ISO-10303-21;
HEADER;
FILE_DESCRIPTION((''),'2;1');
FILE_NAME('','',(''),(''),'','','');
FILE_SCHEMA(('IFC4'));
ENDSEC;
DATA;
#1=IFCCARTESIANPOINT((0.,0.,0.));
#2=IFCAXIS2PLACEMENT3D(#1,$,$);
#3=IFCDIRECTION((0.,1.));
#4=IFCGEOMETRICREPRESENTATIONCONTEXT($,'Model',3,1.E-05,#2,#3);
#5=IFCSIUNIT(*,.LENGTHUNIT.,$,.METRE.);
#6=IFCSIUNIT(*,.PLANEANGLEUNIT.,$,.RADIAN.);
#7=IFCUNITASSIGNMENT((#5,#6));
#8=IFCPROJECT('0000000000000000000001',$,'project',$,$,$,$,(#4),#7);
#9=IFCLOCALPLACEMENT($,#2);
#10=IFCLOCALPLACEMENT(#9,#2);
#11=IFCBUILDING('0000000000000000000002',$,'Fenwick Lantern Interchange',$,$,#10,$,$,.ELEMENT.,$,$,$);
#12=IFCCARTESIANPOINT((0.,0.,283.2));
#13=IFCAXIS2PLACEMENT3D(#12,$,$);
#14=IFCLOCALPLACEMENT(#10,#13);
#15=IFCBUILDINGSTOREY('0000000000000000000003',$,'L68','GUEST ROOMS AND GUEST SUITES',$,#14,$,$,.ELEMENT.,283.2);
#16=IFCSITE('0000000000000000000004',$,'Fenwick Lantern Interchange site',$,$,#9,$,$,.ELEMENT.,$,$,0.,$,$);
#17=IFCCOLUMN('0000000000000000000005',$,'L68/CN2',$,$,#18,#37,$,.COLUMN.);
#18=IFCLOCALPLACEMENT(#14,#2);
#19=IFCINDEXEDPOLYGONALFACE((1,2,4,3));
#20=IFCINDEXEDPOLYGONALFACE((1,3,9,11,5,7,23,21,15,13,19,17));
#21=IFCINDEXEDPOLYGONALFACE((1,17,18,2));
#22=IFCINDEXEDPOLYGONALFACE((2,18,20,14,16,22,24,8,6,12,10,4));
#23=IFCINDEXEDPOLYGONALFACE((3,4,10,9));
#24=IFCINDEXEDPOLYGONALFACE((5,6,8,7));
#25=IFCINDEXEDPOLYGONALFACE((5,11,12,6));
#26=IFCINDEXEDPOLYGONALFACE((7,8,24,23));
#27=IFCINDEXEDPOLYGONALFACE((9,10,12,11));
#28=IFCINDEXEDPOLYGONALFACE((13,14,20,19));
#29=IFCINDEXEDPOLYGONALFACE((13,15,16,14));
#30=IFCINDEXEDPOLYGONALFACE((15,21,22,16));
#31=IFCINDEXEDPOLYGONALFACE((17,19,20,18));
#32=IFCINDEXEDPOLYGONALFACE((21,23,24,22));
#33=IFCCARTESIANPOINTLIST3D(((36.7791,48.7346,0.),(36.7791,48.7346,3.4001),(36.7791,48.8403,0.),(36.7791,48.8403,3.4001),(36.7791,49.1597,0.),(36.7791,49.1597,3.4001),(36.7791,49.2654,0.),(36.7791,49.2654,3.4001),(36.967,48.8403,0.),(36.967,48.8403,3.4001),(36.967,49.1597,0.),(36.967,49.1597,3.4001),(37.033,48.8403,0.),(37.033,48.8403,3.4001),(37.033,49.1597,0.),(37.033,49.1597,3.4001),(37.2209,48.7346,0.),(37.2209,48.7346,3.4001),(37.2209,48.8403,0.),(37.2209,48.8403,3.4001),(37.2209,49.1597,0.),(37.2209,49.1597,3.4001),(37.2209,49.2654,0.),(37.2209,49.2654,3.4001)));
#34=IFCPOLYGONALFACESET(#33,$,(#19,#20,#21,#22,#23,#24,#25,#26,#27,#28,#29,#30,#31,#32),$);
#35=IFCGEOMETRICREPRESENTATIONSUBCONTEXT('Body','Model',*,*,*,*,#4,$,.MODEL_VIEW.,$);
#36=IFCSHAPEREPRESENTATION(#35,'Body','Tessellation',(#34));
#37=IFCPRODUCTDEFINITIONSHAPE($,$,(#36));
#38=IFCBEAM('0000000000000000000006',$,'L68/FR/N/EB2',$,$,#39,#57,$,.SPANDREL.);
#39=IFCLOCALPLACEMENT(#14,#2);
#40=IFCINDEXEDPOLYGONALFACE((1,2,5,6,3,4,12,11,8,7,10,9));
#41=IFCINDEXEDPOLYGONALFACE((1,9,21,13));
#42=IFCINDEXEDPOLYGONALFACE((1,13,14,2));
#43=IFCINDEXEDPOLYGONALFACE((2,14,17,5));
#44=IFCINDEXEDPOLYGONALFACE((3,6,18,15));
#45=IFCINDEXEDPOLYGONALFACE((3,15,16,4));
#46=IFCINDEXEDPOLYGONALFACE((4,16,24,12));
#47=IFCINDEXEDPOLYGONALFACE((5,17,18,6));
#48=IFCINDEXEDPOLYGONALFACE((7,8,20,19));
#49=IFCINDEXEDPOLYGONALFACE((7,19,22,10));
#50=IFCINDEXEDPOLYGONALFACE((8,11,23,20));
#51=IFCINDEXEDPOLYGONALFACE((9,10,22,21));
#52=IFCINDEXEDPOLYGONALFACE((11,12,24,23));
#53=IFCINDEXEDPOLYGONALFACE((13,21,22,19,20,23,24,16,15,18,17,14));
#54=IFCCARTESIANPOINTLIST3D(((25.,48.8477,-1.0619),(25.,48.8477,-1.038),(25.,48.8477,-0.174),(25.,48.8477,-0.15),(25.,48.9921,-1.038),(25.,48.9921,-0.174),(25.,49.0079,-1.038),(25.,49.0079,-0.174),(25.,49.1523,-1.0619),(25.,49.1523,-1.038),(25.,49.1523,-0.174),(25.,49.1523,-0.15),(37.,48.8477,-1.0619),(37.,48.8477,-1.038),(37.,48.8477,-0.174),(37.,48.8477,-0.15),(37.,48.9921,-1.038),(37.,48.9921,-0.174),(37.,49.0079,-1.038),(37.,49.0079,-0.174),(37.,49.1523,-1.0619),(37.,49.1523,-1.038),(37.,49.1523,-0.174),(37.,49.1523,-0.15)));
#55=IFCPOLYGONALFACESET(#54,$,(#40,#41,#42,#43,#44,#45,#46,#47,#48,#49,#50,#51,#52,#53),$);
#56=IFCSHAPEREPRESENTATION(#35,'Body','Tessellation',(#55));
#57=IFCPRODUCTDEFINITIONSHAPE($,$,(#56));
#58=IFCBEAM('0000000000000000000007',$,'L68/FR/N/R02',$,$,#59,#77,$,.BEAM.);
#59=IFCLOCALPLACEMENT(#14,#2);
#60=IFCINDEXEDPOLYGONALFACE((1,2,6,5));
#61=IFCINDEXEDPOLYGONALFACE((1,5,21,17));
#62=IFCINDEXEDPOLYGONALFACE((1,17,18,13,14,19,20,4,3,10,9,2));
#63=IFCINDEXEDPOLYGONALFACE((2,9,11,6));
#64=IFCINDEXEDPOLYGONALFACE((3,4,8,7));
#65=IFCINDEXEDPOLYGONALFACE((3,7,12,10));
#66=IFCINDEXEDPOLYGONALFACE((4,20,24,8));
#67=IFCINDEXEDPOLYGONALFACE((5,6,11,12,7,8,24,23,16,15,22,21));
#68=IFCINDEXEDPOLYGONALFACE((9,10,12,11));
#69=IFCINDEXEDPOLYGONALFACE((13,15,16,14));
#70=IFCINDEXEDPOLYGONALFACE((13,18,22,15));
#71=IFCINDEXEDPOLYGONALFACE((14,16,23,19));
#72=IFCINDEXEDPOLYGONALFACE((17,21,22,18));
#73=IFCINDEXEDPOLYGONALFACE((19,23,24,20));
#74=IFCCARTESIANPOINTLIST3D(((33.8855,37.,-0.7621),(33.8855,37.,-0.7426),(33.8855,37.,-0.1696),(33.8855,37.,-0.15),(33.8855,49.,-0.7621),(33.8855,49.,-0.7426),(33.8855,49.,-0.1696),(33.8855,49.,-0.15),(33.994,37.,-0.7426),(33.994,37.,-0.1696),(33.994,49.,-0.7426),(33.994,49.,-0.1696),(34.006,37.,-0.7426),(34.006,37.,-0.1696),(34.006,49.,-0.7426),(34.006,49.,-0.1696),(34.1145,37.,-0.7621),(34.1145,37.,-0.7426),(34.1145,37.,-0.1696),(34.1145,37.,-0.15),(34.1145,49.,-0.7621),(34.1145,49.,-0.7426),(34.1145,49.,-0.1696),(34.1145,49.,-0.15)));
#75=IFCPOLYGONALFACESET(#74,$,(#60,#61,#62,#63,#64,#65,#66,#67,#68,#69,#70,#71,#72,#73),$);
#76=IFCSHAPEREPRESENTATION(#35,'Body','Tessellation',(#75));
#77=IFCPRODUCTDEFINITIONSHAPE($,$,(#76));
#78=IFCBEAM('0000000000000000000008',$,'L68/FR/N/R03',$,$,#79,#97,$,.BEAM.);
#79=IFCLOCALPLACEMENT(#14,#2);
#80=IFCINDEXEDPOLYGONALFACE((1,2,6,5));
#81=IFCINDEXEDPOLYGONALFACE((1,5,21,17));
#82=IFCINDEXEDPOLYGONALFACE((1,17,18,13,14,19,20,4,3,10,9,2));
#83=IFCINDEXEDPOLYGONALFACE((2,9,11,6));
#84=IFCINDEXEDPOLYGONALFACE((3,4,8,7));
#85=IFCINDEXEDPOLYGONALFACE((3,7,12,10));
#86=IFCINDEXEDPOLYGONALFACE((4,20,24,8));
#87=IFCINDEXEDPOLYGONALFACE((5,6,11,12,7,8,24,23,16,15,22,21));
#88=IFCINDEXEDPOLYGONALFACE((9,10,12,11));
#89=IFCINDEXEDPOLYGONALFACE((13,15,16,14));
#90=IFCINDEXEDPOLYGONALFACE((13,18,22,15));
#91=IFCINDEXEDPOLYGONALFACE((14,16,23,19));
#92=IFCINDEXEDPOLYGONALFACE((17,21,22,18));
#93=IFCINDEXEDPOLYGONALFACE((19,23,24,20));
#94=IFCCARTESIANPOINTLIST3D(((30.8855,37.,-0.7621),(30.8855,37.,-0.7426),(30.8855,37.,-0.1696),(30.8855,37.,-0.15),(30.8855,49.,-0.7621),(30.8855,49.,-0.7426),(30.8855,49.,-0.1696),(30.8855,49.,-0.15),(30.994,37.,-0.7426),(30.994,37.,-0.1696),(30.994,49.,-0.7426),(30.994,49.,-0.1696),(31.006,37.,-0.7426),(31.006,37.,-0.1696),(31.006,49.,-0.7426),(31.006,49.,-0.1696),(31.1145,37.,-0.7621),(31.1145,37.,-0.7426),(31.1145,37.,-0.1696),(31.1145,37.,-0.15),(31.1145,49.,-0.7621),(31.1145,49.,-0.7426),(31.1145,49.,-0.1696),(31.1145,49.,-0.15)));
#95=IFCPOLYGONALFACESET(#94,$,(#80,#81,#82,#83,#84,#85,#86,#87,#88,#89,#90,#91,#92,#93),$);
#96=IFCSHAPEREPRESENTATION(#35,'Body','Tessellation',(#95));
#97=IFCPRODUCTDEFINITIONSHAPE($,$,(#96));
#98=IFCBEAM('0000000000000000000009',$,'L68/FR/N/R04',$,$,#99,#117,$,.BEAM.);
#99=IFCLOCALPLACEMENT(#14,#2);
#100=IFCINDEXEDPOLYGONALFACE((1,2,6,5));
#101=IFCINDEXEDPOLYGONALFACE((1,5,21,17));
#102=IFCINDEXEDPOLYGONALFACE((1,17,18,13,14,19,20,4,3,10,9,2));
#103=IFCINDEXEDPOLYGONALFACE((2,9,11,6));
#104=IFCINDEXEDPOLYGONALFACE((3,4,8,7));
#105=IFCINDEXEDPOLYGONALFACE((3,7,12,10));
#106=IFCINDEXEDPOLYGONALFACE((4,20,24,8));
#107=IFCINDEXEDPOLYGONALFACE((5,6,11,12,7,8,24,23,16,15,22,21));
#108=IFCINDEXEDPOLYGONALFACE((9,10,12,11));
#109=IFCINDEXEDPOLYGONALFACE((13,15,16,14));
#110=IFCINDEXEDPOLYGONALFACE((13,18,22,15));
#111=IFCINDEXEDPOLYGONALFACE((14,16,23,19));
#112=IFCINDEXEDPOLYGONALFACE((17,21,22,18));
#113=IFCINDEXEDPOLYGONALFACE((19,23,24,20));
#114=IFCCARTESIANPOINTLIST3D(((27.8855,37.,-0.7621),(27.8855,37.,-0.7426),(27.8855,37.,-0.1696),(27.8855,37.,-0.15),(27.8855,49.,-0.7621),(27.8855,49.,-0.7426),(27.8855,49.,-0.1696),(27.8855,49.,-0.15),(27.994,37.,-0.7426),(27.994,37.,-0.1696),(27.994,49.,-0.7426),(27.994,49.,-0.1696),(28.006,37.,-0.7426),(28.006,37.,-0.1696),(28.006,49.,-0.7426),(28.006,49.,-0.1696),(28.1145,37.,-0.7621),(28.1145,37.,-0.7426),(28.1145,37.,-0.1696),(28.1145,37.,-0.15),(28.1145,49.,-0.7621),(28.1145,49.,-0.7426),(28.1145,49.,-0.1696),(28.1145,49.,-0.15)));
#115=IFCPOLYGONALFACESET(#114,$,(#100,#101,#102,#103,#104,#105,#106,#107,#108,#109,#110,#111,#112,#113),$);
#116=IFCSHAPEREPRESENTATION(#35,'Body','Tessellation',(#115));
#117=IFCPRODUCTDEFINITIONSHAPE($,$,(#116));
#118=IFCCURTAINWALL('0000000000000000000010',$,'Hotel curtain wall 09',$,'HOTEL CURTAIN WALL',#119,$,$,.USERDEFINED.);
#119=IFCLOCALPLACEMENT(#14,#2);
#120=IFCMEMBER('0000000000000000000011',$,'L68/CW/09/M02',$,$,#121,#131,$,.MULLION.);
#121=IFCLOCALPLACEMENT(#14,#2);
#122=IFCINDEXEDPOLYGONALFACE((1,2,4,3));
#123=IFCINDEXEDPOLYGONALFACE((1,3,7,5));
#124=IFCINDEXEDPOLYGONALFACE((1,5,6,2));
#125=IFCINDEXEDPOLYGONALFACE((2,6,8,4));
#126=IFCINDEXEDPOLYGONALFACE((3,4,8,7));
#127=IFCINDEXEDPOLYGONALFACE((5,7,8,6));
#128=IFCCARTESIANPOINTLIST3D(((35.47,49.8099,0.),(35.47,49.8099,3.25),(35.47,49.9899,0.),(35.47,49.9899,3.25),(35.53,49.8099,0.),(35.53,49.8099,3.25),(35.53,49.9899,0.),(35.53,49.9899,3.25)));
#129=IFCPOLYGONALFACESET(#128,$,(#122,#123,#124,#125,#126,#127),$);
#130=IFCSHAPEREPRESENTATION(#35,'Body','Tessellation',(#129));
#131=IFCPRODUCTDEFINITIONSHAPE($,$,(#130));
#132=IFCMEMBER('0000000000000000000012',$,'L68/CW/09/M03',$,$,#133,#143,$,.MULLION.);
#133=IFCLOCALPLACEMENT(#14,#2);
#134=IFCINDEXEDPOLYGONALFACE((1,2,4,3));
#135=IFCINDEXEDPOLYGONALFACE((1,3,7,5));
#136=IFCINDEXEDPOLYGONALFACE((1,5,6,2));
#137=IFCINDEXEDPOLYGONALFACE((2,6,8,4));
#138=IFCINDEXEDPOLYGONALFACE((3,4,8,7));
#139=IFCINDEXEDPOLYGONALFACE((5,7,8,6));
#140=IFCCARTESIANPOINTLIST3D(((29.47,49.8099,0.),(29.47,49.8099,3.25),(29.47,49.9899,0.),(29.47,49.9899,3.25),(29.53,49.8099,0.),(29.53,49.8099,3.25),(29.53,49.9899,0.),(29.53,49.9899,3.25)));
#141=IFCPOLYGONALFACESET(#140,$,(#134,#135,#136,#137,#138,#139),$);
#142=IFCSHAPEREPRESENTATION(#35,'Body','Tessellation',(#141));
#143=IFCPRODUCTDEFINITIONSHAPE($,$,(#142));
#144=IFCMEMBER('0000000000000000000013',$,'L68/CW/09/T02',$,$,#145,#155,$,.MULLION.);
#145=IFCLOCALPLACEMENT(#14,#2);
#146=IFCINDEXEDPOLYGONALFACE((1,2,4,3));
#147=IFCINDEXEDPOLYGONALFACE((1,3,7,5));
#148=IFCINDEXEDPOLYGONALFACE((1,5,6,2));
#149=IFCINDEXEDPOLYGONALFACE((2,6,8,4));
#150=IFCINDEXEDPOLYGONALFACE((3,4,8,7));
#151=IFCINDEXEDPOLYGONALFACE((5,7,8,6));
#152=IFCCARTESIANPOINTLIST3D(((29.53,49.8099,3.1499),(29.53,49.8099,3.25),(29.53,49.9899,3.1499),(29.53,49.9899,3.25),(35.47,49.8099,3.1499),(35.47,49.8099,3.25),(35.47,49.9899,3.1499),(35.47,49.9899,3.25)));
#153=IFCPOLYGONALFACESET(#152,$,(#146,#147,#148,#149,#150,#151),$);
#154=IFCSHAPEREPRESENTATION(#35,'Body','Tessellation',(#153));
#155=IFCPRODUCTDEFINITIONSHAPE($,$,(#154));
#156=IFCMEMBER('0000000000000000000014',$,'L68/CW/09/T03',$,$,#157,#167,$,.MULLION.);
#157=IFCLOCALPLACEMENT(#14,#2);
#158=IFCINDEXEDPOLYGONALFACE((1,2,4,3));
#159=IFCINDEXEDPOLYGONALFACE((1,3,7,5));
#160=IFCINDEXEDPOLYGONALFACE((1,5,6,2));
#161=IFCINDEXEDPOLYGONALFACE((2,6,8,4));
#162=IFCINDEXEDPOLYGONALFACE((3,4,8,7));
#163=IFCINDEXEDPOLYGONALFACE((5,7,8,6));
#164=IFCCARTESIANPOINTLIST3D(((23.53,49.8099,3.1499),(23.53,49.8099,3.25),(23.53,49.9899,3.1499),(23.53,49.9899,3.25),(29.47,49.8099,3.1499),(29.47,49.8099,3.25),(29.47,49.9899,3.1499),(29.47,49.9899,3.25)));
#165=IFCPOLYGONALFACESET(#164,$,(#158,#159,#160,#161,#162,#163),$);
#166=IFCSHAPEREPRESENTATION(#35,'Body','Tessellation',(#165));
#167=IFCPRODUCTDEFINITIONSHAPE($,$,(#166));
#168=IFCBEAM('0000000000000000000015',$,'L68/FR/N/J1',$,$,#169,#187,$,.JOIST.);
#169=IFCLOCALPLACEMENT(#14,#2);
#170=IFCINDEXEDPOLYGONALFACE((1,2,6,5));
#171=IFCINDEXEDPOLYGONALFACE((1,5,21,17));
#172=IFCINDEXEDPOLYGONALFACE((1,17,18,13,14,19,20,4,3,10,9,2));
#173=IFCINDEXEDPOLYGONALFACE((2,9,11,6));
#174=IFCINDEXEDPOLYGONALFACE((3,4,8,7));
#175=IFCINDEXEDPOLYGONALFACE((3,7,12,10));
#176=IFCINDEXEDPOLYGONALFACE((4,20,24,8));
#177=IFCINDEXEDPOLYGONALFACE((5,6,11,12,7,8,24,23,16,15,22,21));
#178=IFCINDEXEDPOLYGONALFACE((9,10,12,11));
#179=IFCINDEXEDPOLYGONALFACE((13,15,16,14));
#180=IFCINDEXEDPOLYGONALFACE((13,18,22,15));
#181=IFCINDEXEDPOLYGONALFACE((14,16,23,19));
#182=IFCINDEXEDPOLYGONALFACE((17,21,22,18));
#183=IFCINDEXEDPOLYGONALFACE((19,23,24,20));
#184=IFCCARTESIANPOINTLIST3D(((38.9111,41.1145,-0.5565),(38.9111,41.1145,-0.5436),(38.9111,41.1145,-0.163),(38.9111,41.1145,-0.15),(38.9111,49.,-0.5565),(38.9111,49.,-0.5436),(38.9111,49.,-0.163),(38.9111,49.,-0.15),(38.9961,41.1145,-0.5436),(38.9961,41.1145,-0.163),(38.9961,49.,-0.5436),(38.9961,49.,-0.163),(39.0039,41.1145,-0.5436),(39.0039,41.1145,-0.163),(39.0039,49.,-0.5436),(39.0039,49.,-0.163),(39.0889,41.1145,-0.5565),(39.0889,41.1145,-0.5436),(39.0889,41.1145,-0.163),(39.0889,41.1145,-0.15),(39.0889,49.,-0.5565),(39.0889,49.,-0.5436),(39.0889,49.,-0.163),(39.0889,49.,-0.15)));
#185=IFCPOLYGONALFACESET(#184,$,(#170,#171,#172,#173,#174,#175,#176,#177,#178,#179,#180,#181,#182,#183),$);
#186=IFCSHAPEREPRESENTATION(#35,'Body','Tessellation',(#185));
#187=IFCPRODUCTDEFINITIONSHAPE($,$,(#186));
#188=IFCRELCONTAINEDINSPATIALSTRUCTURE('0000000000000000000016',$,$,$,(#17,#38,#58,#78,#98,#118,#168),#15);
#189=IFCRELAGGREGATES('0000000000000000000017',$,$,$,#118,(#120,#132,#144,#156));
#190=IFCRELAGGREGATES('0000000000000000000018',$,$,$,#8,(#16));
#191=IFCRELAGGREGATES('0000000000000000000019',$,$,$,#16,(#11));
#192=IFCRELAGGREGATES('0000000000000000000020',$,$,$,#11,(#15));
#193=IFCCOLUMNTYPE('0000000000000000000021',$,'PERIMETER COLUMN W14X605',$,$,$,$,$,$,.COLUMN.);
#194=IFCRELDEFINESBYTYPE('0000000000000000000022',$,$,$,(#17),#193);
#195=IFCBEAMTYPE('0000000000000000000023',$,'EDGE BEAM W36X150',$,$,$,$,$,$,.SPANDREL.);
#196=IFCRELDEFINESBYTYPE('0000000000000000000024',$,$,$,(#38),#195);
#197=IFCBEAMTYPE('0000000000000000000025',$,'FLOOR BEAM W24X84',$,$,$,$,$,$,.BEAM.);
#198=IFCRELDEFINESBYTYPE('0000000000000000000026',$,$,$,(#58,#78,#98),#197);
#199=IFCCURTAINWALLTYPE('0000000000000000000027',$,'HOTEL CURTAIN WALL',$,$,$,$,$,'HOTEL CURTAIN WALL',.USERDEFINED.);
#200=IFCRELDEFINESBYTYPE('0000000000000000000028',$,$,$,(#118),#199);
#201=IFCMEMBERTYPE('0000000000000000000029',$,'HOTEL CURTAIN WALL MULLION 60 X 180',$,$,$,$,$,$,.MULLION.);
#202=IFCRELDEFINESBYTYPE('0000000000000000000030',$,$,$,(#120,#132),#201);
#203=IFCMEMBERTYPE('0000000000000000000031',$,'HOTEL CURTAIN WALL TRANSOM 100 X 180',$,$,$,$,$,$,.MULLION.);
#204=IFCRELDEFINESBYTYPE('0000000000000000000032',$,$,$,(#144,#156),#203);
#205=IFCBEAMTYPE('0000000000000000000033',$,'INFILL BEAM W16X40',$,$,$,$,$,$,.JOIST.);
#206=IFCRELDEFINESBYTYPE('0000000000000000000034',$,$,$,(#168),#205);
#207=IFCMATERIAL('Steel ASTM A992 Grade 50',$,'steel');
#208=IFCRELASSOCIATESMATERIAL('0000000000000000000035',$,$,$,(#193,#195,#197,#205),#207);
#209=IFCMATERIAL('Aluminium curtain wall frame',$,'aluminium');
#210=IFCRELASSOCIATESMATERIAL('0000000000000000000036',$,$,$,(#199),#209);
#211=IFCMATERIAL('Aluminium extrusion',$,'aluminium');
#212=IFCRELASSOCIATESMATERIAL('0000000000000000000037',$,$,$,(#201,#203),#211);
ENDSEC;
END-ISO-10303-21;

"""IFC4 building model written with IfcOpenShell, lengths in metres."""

from ifc_helpers import new_model, si_unit, direction, frame, origin, origin_2d, place, context, subcontext, project, spatial, rectangle, i_section, extrude, material, material_profile, profile_set, type_object, element, aggregate, save


model = new_model("IFC4")

# Units and contexts
model_context = context("Model", 3, precision=1e-05, world=origin(), true_north=direction((0.0, 1.0)))
body_context = subcontext(model_context, "Body", "Model", "MODEL_VIEW")
ifc_project = project(units=[si_unit("LENGTHUNIT", "METRE"), si_unit("PLANEANGLEUNIT", "RADIAN")], contexts=[model_context])

# Site, building, storey
site_placement = place(None, origin())
site = spatial("IfcSite", under=ifc_project, at=site_placement, Name="Fenwick Lantern Interchange site", CompositionType="ELEMENT", RefElevation=0.0)
building_placement = place(site_placement, origin())
building = spatial("IfcBuilding", under=site, at=building_placement, Name="Fenwick Lantern Interchange", CompositionType="ELEMENT")
storey_placement = place(building_placement, frame((0.0, 0.0, 283.2)))
storey = spatial("IfcBuildingStorey", under=building, at=storey_placement, Name="L68", Description="GUEST ROOMS AND GUEST SUITES", CompositionType="ELEMENT", Elevation=283.2)

# Column
ifc_material_1 = material(Name="Steel ASTM A992 Grade 50", Category="steel")
ifc_material_profile_1 = material_profile(ifc_material_1, i_section(OverallWidth=0.4419, OverallDepth=0.5308, WebThickness=0.0659, FlangeThickness=0.1057, at=origin_2d()), Name="W14X605")
ifc_profile_set_1 = profile_set([ifc_material_profile_1], Name="Steel ASTM A992 Grade 50")
column_type = type_object("IfcColumnType", Name="PERIMETER COLUMN W14X605", PredefinedType="COLUMN", material=ifc_profile_set_1)
column_placement = place(storey_placement, frame((37.0, 49.0, 0.0), z_axis=(0.0, 0.0, 1.0), x_axis=(1.0, 0.0, 0.0)))
element("IfcColumn", 1, at=column_placement, inside=storey, type_object=column_type, Name="L68/CN2", PredefinedType="COLUMN", context=body_context, shape_type="SweptSolid", body=[
    extrude(i_section(OverallWidth=0.4419, OverallDepth=0.5308, WebThickness=0.0659, FlangeThickness=0.1057, at=origin_2d()), origin(), (0.0, 0.0, 1.0), 3.4001),
])

# Beams
ifc_material_profile_2 = material_profile(ifc_material_1, i_section(OverallWidth=0.3047, OverallDepth=0.9119, WebThickness=0.0159, FlangeThickness=0.0239, at=origin_2d()), Name="W36X150")
ifc_profile_set_2 = profile_set([ifc_material_profile_2], Name="Steel ASTM A992 Grade 50")
beam_type_1 = type_object("IfcBeamType", Name="EDGE BEAM W36X150", PredefinedType="SPANDREL", material=ifc_profile_set_2)
beam_1_placement = place(storey_placement, frame((37.0, 49.0, -0.606), z_axis=(-1.0, 0.0, 0.0), x_axis=(0.0, -1.0, 0.0)))
element("IfcBeam", 2, at=beam_1_placement, inside=storey, type_object=beam_type_1, Name="L68/FR/N/EB2", PredefinedType="SPANDREL", context=body_context, shape_type="SweptSolid", body=[
    extrude(i_section(OverallWidth=0.3047, OverallDepth=0.9119, WebThickness=0.0159, FlangeThickness=0.0239, at=origin_2d()), origin(), (0.0, 0.0, 1.0), 12.0),
])
ifc_material_profile_3 = material_profile(ifc_material_1, i_section(OverallWidth=0.229, OverallDepth=0.6121, WebThickness=0.012, FlangeThickness=0.0195, at=origin_2d()), Name="W24X84")
ifc_profile_set_3 = profile_set([ifc_material_profile_3], Name="Steel ASTM A992 Grade 50")
beam_type_2 = type_object("IfcBeamType", Name="FLOOR BEAM W24X84", PredefinedType="BEAM", material=ifc_profile_set_3)
for number, where, z_axis, x_axis, name in (
    (3, (34.0, 49.0, -0.4561), (0.0, -1.0, 0.0), (1.0, 0.0, 0.0), "L68/FR/N/R02"),
    (4, (31.0, 49.0, -0.4561), (0.0, -1.0, 0.0), (1.0, 0.0, 0.0), "L68/FR/N/R03"),
    (5, (28.0, 49.0, -0.4561), (0.0, -1.0, 0.0), (1.0, 0.0, 0.0), "L68/FR/N/R04"),
):
    element("IfcBeam", number, at=place(storey_placement, frame(where, z_axis=z_axis, x_axis=x_axis)), inside=storey, type_object=beam_type_2, Name=name, PredefinedType="BEAM", context=body_context, shape_type="SweptSolid", body=[
        extrude(i_section(OverallWidth=0.229, OverallDepth=0.6121, WebThickness=0.012, FlangeThickness=0.0195, at=origin_2d()), origin(), (0.0, 0.0, 1.0), 12.0),
    ])

# Curtain wall, members
ifc_material_2 = material(Name="Aluminium curtain wall frame", Category="aluminium")
curtain_wall_type = type_object("IfcCurtainWallType", Name="HOTEL CURTAIN WALL", ElementType="HOTEL CURTAIN WALL", PredefinedType="USERDEFINED", material=ifc_material_2)
curtain_wall_placement = place(storey_placement, origin())
curtain_wall = element("IfcCurtainWall", 6, at=curtain_wall_placement, inside=storey, type_object=curtain_wall_type, Name="Hotel curtain wall 09", ObjectType="HOTEL CURTAIN WALL", PredefinedType="USERDEFINED")
ifc_material_3 = material(Name="Aluminium extrusion", Category="aluminium")
ifc_material_profile_4 = material_profile(ifc_material_3, rectangle(XDim=0.1799, YDim=0.0601, at=origin_2d()), Name="HOTEL CURTAIN WALL MULLION 60 X 180")
ifc_profile_set_4 = profile_set([ifc_material_profile_4], Name="Aluminium extrusion")
member_type_1 = type_object("IfcMemberType", Name="HOTEL CURTAIN WALL MULLION 60 X 180", PredefinedType="MULLION", material=ifc_profile_set_4)
member_1_placement = place(storey_placement, frame((35.5, 49.8999, 0.0), z_axis=(0.0, 0.0, 1.0), x_axis=(0.0, -1.0, 0.0)))
member_1 = element("IfcMember", 7, at=member_1_placement, type_object=member_type_1, Name="L68/CW/09/M02", PredefinedType="MULLION", context=body_context, shape_type="SweptSolid", body=[
    extrude(rectangle(XDim=0.1799, YDim=0.0601, at=origin_2d()), origin(), (0.0, 0.0, 1.0), 3.25),
])
member_2_placement = place(storey_placement, frame((29.5, 49.8999, 0.0), z_axis=(0.0, 0.0, 1.0), x_axis=(0.0, -1.0, 0.0)))
member_2 = element("IfcMember", 8, at=member_2_placement, type_object=member_type_1, Name="L68/CW/09/M03", PredefinedType="MULLION", context=body_context, shape_type="SweptSolid", body=[
    extrude(rectangle(XDim=0.1799, YDim=0.0601, at=origin_2d()), origin(), (0.0, 0.0, 1.0), 3.25),
])
ifc_material_profile_5 = material_profile(ifc_material_3, rectangle(XDim=0.1799, YDim=0.1001, at=origin_2d()), Name="HOTEL CURTAIN WALL TRANSOM 100 X 180")
ifc_profile_set_5 = profile_set([ifc_material_profile_5], Name="Aluminium extrusion")
member_type_2 = type_object("IfcMemberType", Name="HOTEL CURTAIN WALL TRANSOM 100 X 180", PredefinedType="MULLION", material=ifc_profile_set_5)
member_3_placement = place(storey_placement, frame((35.47, 49.8999, 3.2), z_axis=(-1.0, 0.0, 0.0), x_axis=(0.0, -1.0, 0.0)))
member_3 = element("IfcMember", 9, at=member_3_placement, type_object=member_type_2, Name="L68/CW/09/T02", PredefinedType="MULLION", context=body_context, shape_type="SweptSolid", body=[
    extrude(rectangle(XDim=0.1799, YDim=0.1001, at=origin_2d()), origin(), (0.0, 0.0, 1.0), 5.9399),
])
member_4_placement = place(storey_placement, frame((29.47, 49.8999, 3.2), z_axis=(-1.0, 0.0, 0.0), x_axis=(0.0, -1.0, 0.0)))
member_4 = element("IfcMember", 10, at=member_4_placement, type_object=member_type_2, Name="L68/CW/09/T03", PredefinedType="MULLION", context=body_context, shape_type="SweptSolid", body=[
    extrude(rectangle(XDim=0.1799, YDim=0.1001, at=origin_2d()), origin(), (0.0, 0.0, 1.0), 5.9399),
])
aggregate(curtain_wall, [member_1, member_2, member_3, member_4])

# Beam
ifc_material_profile_6 = material_profile(ifc_material_1, i_section(OverallWidth=0.1777, OverallDepth=0.4065, WebThickness=0.0078, FlangeThickness=0.0129, at=origin_2d()), Name="W16X40")
ifc_profile_set_6 = profile_set([ifc_material_profile_6], Name="Steel ASTM A992 Grade 50")
beam_type_3 = type_object("IfcBeamType", Name="INFILL BEAM W16X40", PredefinedType="JOIST", material=ifc_profile_set_6)
beam_2_placement = place(storey_placement, frame((39.0, 49.0, -0.3533), z_axis=(0.0, -1.0, 0.0), x_axis=(1.0, 0.0, 0.0)))
element("IfcBeam", 11, at=beam_2_placement, inside=storey, type_object=beam_type_3, Name="L68/FR/N/J1", PredefinedType="JOIST", context=body_context, shape_type="SweptSolid", body=[
    extrude(i_section(OverallWidth=0.1777, OverallDepth=0.4065, WebThickness=0.0078, FlangeThickness=0.0129, at=origin_2d()), origin(), (0.0, 0.0, 1.0), 7.8855),
])

save(model, "model.ifc")
